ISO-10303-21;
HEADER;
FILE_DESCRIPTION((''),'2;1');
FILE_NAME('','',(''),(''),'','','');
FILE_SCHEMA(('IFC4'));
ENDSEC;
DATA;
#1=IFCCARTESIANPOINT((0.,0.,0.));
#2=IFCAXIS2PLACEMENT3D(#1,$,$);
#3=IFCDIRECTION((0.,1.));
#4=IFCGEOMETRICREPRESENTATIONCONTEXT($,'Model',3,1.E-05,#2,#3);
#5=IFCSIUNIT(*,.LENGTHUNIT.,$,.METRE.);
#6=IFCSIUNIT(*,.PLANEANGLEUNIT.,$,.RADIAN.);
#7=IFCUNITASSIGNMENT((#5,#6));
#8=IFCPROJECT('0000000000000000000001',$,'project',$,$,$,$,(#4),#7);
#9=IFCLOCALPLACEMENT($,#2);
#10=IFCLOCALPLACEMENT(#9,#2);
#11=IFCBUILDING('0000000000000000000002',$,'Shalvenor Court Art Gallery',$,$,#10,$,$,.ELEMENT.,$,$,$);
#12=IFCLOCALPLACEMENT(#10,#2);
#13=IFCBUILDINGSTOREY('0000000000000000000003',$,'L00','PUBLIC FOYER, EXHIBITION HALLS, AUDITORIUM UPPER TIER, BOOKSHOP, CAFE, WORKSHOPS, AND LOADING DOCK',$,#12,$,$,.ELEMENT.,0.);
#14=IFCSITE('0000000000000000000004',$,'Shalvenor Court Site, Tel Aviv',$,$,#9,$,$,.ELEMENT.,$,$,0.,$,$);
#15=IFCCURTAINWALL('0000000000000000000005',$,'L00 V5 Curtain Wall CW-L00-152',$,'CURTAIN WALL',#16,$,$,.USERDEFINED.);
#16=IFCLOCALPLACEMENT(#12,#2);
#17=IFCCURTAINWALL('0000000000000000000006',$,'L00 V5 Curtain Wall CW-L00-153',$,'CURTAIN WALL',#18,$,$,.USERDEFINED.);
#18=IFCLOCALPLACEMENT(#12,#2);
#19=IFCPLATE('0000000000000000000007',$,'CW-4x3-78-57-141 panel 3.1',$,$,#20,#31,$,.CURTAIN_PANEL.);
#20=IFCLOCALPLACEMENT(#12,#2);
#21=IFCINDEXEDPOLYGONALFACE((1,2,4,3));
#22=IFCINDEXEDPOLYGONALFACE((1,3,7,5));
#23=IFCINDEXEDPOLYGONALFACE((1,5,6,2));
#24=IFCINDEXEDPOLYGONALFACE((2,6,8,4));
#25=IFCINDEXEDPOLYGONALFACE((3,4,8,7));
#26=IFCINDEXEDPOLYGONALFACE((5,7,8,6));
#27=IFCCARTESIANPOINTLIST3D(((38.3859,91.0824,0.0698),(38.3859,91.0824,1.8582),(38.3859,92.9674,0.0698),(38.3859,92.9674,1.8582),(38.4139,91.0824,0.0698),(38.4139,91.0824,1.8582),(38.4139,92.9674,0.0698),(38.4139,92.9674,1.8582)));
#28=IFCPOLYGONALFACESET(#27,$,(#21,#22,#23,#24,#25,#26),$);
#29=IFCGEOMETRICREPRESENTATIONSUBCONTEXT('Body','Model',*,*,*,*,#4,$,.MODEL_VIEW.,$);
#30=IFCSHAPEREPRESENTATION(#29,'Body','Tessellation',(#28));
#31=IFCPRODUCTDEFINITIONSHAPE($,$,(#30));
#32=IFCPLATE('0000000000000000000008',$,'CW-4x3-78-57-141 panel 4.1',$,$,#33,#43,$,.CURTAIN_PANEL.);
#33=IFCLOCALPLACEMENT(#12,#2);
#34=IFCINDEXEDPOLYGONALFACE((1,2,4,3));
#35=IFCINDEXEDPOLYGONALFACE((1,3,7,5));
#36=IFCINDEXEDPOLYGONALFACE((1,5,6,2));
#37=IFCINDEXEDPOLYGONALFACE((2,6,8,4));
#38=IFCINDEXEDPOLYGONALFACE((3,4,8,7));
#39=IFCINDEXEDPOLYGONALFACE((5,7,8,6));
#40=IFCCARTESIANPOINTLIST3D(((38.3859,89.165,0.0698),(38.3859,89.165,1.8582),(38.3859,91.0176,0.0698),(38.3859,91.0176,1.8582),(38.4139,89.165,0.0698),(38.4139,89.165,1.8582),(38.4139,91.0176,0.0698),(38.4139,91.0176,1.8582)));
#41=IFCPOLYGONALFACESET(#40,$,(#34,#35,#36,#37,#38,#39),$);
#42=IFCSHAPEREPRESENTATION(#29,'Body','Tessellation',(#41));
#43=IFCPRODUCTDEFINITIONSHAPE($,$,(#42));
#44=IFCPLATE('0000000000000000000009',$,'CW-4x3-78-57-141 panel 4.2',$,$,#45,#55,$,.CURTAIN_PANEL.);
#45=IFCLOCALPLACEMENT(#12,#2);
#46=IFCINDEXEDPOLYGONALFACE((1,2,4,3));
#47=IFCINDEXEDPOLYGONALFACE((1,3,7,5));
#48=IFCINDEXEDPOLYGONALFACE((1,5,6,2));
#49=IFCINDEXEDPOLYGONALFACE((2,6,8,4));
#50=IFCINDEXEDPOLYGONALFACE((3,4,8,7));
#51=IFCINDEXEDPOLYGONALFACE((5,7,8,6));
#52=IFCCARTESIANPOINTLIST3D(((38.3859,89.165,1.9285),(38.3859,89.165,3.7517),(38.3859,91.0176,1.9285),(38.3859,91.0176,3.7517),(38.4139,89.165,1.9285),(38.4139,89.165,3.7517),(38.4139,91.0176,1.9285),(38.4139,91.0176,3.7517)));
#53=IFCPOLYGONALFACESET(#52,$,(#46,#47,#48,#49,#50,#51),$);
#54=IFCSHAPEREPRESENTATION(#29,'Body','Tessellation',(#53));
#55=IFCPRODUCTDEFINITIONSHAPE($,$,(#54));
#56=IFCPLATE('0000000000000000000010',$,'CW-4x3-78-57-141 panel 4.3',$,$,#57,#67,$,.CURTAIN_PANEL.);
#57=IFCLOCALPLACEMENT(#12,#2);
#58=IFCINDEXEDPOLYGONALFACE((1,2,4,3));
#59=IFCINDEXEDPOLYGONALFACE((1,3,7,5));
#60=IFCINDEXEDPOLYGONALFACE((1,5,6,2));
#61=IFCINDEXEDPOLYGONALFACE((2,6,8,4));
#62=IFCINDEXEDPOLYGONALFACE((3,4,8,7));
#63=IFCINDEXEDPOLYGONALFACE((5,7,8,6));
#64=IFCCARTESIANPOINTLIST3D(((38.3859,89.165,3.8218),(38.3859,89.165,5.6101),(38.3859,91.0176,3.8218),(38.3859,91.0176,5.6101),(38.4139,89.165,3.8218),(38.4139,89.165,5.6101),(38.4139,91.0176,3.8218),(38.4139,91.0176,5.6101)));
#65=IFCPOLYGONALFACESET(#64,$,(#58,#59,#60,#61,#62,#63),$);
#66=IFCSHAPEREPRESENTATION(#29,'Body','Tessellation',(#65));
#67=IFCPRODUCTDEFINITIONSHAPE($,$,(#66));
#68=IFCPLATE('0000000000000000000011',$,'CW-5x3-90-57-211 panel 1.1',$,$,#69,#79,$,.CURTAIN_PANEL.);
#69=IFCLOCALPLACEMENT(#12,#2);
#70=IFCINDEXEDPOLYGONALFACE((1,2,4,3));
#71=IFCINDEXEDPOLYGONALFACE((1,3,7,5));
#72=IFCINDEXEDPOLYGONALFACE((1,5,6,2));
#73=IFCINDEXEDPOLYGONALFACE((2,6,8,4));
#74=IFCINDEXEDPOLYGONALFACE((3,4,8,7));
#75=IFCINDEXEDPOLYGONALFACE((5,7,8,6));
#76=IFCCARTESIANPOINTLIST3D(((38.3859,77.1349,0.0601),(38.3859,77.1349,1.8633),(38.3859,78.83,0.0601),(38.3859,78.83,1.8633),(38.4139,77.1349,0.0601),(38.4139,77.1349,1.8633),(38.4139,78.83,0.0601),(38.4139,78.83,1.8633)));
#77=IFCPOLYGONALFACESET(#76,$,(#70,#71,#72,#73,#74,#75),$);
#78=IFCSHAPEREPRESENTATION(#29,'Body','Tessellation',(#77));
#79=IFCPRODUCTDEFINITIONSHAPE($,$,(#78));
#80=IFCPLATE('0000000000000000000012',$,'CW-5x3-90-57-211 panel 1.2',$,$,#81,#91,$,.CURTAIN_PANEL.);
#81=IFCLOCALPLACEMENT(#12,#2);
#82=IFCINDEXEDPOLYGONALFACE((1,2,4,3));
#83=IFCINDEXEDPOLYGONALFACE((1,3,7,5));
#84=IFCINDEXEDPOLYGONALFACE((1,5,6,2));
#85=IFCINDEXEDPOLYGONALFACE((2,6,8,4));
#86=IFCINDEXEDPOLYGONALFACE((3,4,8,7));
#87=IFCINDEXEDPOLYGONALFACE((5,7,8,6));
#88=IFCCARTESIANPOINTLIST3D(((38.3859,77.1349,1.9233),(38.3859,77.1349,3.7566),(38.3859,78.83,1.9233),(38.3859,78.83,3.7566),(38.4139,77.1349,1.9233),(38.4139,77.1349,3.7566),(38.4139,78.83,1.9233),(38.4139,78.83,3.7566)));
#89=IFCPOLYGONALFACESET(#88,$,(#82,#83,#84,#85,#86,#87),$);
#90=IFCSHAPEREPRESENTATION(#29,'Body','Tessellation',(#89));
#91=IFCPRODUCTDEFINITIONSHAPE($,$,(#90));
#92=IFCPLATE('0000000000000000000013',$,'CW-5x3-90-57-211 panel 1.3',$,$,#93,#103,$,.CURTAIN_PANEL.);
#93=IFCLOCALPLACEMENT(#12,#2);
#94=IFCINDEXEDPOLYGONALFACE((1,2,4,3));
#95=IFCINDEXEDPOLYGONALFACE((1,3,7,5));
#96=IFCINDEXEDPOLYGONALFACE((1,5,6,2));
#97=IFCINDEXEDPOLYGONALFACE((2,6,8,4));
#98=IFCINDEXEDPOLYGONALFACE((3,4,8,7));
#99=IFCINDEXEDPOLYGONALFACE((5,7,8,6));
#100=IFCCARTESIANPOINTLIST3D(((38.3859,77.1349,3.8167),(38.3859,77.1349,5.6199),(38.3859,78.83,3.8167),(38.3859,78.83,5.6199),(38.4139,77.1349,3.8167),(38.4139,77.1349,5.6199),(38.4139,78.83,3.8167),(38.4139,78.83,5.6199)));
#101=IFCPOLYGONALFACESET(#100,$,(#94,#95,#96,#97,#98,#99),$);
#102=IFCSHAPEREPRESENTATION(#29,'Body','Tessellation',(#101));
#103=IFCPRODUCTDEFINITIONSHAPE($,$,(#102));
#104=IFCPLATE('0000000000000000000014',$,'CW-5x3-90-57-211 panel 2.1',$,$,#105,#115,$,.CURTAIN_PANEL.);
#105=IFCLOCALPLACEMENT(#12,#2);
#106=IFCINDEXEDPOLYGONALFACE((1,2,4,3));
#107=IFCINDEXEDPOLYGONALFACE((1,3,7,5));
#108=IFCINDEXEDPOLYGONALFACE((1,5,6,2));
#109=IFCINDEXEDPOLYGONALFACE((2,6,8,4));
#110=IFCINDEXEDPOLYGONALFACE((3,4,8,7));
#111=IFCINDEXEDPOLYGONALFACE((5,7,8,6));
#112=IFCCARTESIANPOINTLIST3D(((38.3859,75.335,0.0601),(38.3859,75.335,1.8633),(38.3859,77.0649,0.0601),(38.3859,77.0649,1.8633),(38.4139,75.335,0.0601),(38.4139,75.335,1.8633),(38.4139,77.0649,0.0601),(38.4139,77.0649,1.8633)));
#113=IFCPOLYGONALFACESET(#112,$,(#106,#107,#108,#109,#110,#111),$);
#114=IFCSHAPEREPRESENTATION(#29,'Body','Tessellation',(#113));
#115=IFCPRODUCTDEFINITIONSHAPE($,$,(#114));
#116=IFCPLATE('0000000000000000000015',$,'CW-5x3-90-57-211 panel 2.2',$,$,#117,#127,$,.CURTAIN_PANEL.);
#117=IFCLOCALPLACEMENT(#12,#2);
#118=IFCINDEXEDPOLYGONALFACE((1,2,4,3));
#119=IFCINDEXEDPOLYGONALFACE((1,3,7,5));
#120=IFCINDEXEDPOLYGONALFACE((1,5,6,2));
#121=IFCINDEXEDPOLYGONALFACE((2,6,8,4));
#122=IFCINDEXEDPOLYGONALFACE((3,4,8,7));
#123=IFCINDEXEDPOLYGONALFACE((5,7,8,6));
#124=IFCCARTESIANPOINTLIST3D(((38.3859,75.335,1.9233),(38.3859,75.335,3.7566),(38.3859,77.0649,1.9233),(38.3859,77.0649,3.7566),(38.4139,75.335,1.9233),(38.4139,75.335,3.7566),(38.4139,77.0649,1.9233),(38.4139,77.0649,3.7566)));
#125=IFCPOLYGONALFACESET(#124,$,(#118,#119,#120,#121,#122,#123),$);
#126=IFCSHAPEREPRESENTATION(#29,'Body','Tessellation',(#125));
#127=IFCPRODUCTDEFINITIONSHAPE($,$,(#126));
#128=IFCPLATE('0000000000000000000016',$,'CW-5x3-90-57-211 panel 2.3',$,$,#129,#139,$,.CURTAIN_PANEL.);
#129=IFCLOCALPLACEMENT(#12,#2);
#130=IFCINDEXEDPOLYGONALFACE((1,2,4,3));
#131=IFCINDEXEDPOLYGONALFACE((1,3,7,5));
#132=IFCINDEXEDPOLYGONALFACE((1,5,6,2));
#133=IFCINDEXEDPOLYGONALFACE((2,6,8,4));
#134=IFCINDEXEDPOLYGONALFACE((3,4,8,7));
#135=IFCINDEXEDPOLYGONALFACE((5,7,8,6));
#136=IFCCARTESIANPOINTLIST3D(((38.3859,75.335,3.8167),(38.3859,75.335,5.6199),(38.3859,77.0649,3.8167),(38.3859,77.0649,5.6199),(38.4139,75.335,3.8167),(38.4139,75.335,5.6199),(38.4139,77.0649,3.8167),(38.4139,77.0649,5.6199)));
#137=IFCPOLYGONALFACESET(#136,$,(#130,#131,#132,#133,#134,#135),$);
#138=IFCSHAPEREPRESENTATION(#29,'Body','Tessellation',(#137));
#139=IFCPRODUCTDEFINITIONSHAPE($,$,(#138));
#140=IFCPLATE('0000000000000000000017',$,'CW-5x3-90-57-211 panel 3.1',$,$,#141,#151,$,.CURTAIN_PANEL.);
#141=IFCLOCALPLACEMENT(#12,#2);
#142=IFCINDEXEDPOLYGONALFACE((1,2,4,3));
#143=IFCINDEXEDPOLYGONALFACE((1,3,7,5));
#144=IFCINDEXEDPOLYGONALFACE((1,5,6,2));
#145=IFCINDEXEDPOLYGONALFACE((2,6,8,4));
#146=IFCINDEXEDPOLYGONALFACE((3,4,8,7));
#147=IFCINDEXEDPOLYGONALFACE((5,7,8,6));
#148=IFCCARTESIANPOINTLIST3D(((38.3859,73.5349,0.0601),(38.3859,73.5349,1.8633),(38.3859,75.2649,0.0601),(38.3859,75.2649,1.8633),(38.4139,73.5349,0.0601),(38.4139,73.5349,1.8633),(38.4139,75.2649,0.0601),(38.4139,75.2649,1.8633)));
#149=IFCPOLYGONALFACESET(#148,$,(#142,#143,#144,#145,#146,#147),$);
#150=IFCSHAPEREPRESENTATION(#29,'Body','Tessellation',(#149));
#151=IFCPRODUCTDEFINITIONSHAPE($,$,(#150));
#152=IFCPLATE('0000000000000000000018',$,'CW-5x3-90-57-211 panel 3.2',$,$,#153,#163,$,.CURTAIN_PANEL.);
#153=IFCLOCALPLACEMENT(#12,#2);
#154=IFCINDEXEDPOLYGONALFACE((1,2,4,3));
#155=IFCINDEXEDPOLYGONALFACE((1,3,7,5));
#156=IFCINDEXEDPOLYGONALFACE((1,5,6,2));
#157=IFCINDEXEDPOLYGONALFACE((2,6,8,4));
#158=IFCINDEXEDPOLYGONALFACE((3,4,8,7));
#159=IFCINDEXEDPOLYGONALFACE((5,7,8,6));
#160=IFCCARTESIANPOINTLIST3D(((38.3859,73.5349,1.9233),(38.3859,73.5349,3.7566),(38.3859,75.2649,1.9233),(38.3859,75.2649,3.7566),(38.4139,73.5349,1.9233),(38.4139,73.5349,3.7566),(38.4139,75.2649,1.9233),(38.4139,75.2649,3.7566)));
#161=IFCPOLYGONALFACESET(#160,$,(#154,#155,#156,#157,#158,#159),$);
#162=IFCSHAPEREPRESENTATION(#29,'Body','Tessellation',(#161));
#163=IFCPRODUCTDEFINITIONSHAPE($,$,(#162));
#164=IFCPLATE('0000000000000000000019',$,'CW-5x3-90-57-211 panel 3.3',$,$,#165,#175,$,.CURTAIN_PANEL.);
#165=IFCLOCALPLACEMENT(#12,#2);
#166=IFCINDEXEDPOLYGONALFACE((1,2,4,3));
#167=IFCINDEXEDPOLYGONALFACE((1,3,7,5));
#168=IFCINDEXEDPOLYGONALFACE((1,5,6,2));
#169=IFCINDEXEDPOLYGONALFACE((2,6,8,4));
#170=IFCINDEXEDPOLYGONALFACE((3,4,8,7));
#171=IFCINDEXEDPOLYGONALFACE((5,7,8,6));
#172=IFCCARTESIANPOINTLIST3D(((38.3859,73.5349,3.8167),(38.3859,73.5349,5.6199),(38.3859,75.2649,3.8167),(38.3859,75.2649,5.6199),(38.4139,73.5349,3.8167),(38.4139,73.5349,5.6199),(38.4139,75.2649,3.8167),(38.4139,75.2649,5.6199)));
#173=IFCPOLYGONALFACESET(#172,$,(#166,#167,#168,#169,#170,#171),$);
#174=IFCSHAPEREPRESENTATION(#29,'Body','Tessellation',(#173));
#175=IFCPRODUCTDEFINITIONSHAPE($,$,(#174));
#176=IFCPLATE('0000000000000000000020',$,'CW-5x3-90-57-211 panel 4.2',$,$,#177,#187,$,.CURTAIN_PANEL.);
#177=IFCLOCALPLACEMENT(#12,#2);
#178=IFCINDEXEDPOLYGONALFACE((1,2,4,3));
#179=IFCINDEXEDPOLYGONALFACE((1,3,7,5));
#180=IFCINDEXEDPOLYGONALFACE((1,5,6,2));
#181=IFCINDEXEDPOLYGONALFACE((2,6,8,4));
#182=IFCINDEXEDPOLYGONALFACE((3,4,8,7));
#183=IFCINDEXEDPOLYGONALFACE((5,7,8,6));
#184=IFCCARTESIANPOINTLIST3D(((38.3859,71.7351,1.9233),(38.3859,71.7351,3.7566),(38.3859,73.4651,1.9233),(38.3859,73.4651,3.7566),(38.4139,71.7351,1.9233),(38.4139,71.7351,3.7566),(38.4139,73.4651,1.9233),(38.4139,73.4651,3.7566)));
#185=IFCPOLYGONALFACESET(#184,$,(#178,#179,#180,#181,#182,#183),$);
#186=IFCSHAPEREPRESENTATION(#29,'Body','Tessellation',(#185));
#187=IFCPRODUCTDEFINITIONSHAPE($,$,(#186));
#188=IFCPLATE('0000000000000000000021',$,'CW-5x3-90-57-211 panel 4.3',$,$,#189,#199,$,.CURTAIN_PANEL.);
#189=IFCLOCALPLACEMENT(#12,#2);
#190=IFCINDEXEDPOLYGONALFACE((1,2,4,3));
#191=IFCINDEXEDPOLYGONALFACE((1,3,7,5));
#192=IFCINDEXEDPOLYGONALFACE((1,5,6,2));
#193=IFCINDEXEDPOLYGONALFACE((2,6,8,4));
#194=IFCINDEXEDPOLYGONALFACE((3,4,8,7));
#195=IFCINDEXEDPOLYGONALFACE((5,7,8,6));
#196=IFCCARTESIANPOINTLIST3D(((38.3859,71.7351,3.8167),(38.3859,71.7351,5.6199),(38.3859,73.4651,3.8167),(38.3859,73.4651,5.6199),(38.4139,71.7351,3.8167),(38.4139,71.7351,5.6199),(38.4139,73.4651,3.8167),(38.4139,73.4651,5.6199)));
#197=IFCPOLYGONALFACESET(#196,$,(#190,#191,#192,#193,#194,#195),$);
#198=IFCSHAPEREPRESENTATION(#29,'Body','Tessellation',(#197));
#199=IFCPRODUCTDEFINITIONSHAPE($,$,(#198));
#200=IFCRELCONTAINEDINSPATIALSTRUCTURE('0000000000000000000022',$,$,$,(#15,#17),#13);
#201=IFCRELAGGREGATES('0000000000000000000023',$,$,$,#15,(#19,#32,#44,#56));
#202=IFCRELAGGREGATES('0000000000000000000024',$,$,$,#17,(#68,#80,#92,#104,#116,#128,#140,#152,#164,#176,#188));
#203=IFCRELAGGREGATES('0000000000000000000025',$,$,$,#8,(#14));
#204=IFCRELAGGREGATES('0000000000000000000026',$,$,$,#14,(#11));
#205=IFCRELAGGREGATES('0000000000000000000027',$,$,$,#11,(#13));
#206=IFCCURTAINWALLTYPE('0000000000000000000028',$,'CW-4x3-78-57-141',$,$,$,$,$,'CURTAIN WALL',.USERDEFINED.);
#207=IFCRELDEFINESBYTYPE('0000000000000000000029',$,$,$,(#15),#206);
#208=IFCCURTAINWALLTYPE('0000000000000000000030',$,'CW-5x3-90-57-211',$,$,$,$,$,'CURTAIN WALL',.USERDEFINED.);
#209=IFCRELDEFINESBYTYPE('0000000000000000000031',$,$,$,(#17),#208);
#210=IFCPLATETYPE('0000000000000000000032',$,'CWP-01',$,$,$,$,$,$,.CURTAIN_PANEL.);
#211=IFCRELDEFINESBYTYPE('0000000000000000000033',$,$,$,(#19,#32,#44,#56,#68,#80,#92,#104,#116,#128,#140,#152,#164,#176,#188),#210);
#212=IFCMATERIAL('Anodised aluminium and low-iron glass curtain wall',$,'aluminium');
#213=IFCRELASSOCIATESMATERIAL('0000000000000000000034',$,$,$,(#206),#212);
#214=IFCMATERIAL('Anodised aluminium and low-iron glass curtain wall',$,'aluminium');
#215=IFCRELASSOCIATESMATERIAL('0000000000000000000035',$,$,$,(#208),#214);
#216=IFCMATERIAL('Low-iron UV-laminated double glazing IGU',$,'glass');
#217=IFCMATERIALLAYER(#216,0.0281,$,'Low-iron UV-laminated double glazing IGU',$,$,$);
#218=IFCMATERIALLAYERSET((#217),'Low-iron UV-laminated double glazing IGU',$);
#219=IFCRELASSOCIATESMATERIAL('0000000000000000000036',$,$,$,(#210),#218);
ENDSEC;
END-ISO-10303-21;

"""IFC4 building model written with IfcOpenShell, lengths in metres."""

from ifc_helpers import new_model, si_unit, direction, frame, origin, origin_2d, place, context, subcontext, project, spatial, rectangle, extrude, material, layer, layer_set, type_object, element, aggregate, save


model = new_model("IFC4")

# Units and contexts
model_context = context("Model", 3, precision=1e-05, world=origin(), true_north=direction((0.0, 1.0)))
body_context = subcontext(model_context, "Body", "Model", "MODEL_VIEW")
ifc_project = project(units=[si_unit("LENGTHUNIT", "METRE"), si_unit("PLANEANGLEUNIT", "RADIAN")], contexts=[model_context])

# Site, building, storey
site_placement = place(None, origin())
site = spatial("IfcSite", under=ifc_project, at=site_placement, Name="Shalvenor Court Site, Tel Aviv", CompositionType="ELEMENT", RefElevation=0.0)
building_placement = place(site_placement, origin())
building = spatial("IfcBuilding", under=site, at=building_placement, Name="Shalvenor Court Art Gallery", CompositionType="ELEMENT")
storey_placement = place(building_placement, origin())
storey = spatial("IfcBuildingStorey", under=building, at=storey_placement, Name="L00", Description="PUBLIC FOYER, EXHIBITION HALLS, AUDITORIUM UPPER TIER, BOOKSHOP, CAFE, WORKSHOPS, AND LOADING DOCK", CompositionType="ELEMENT", Elevation=0.0)

# Curtain walls
ifc_material_1 = material(Name="Anodised aluminium and low-iron glass curtain wall", Category="aluminium")
curtain_wall_type_1 = type_object("IfcCurtainWallType", Name="CW-4x3-78-57-141", ElementType="CURTAIN WALL", PredefinedType="USERDEFINED", material=ifc_material_1)
curtain_wall_1_placement = place(storey_placement, origin())
curtain_wall_1 = element("IfcCurtainWall", 1, at=curtain_wall_1_placement, inside=storey, type_object=curtain_wall_type_1, Name="L00 V5 Curtain Wall CW-L00-152", ObjectType="CURTAIN WALL", PredefinedType="USERDEFINED")
ifc_material_2 = material(Name="Anodised aluminium and low-iron glass curtain wall", Category="aluminium")
curtain_wall_type_2 = type_object("IfcCurtainWallType", Name="CW-5x3-90-57-211", ElementType="CURTAIN WALL", PredefinedType="USERDEFINED", material=ifc_material_2)
curtain_wall_2_placement = place(storey_placement, origin())
curtain_wall_2 = element("IfcCurtainWall", 2, at=curtain_wall_2_placement, inside=storey, type_object=curtain_wall_type_2, Name="L00 V5 Curtain Wall CW-L00-153", ObjectType="CURTAIN WALL", PredefinedType="USERDEFINED")

# Plates
ifc_material_3 = material(Name="Low-iron UV-laminated double glazing IGU", Category="glass")
ifc_layer_1 = layer(ifc_material_3, 0.0281, Name="Low-iron UV-laminated double glazing IGU")
ifc_layer_set_1 = layer_set([ifc_layer_1], Name="Low-iron UV-laminated double glazing IGU")
plate_type_1 = type_object("IfcPlateType", Name="CWP-01", PredefinedType="CURTAIN_PANEL", material=ifc_layer_set_1)
plate_1_placement = place(storey_placement, frame((38.3999, 92.0249, 0.0698), z_axis=(0.0, 0.0, 1.0), x_axis=(0.0, -1.0, 0.0)))
plate_1 = element("IfcPlate", 3, at=plate_1_placement, type_object=plate_type_1, Name="CW-4x3-78-57-141 panel 3.1", PredefinedType="CURTAIN_PANEL", context=body_context, shape_type="SweptSolid", body=[
    extrude(rectangle(XDim=1.885, YDim=0.0281, at=origin_2d()), origin(), (0.0, 0.0, 1.0), 1.7883),
])
plate_2_placement = place(storey_placement, frame((38.3999, 90.0913, 0.0698), z_axis=(0.0, 0.0, 1.0), x_axis=(0.0, -1.0, 0.0)))
plate_2 = element("IfcPlate", 4, at=plate_2_placement, type_object=plate_type_1, Name="CW-4x3-78-57-141 panel 4.1", PredefinedType="CURTAIN_PANEL", context=body_context, shape_type="SweptSolid", body=[
    extrude(rectangle(XDim=1.8525, YDim=0.0281, at=origin_2d()), origin(), (0.0, 0.0, 1.0), 1.7883),
])
plate_3_placement = place(storey_placement, frame((38.3999, 90.0913, 1.9285), z_axis=(0.0, 0.0, 1.0), x_axis=(0.0, -1.0, 0.0)))
plate_3 = element("IfcPlate", 5, at=plate_3_placement, type_object=plate_type_1, Name="CW-4x3-78-57-141 panel 4.2", PredefinedType="CURTAIN_PANEL", context=body_context, shape_type="SweptSolid", body=[
    extrude(rectangle(XDim=1.8525, YDim=0.0281, at=origin_2d()), origin(), (0.0, 0.0, 1.0), 1.8232),
])
plate_4_placement = place(storey_placement, frame((38.3999, 90.0913, 3.8218), z_axis=(0.0, 0.0, 1.0), x_axis=(0.0, -1.0, 0.0)))
plate_4 = element("IfcPlate", 6, at=plate_4_placement, type_object=plate_type_1, Name="CW-4x3-78-57-141 panel 4.3", PredefinedType="CURTAIN_PANEL", context=body_context, shape_type="SweptSolid", body=[
    extrude(rectangle(XDim=1.8525, YDim=0.0281, at=origin_2d()), origin(), (0.0, 0.0, 1.0), 1.7883),
])
aggregate(curtain_wall_1, [plate_1, plate_2, plate_3, plate_4])
plate_5_placement = place(storey_placement, frame((38.3999, 77.9824, 0.0601), z_axis=(0.0, 0.0, 1.0), x_axis=(0.0, -1.0, 0.0)))
plate_5 = element("IfcPlate", 7, at=plate_5_placement, type_object=plate_type_1, Name="CW-5x3-90-57-211 panel 1.1", PredefinedType="CURTAIN_PANEL", context=body_context, shape_type="SweptSolid", body=[
    extrude(rectangle(XDim=1.6951, YDim=0.0281, at=origin_2d()), origin(), (0.0, 0.0, 1.0), 1.8032),
])
plate_6_placement = place(storey_placement, frame((38.3999, 77.9824, 1.9233), z_axis=(0.0, 0.0, 1.0), x_axis=(0.0, -1.0, 0.0)))
plate_6 = element("IfcPlate", 8, at=plate_6_placement, type_object=plate_type_1, Name="CW-5x3-90-57-211 panel 1.2", PredefinedType="CURTAIN_PANEL", context=body_context, shape_type="SweptSolid", body=[
    extrude(rectangle(XDim=1.6951, YDim=0.0281, at=origin_2d()), origin(), (0.0, 0.0, 1.0), 1.8333),
])
plate_7_placement = place(storey_placement, frame((38.3999, 77.9824, 3.8167), z_axis=(0.0, 0.0, 1.0), x_axis=(0.0, -1.0, 0.0)))
plate_7 = element("IfcPlate", 9, at=plate_7_placement, type_object=plate_type_1, Name="CW-5x3-90-57-211 panel 1.3", PredefinedType="CURTAIN_PANEL", context=body_context, shape_type="SweptSolid", body=[
    extrude(rectangle(XDim=1.6951, YDim=0.0281, at=origin_2d()), origin(), (0.0, 0.0, 1.0), 1.8032),
])
plate_8_placement = place(storey_placement, frame((38.3999, 76.2, 0.0601), z_axis=(0.0, 0.0, 1.0), x_axis=(0.0, -1.0, 0.0)))
plate_8 = element("IfcPlate", 10, at=plate_8_placement, type_object=plate_type_1, Name="CW-5x3-90-57-211 panel 2.1", PredefinedType="CURTAIN_PANEL", context=body_context, shape_type="SweptSolid", body=[
    extrude(rectangle(XDim=1.73, YDim=0.0281, at=origin_2d()), origin(), (0.0, 0.0, 1.0), 1.8032),
])
plate_9_placement = place(storey_placement, frame((38.3999, 76.2, 1.9233), z_axis=(0.0, 0.0, 1.0), x_axis=(0.0, -1.0, 0.0)))
plate_9 = element("IfcPlate", 11, at=plate_9_placement, type_object=plate_type_1, Name="CW-5x3-90-57-211 panel 2.2", PredefinedType="CURTAIN_PANEL", context=body_context, shape_type="SweptSolid", body=[
    extrude(rectangle(XDim=1.73, YDim=0.0281, at=origin_2d()), origin(), (0.0, 0.0, 1.0), 1.8333),
])
plate_10_placement = place(storey_placement, frame((38.3999, 76.2, 3.8167), z_axis=(0.0, 0.0, 1.0), x_axis=(0.0, -1.0, 0.0)))
plate_10 = element("IfcPlate", 12, at=plate_10_placement, type_object=plate_type_1, Name="CW-5x3-90-57-211 panel 2.3", PredefinedType="CURTAIN_PANEL", context=body_context, shape_type="SweptSolid", body=[
    extrude(rectangle(XDim=1.73, YDim=0.0281, at=origin_2d()), origin(), (0.0, 0.0, 1.0), 1.8032),
])
plate_11_placement = place(storey_placement, frame((38.3999, 74.3999, 0.0601), z_axis=(0.0, 0.0, 1.0), x_axis=(0.0, -1.0, 0.0)))
plate_11 = element("IfcPlate", 13, at=plate_11_placement, type_object=plate_type_1, Name="CW-5x3-90-57-211 panel 3.1", PredefinedType="CURTAIN_PANEL", context=body_context, shape_type="SweptSolid", body=[
    extrude(rectangle(XDim=1.73, YDim=0.0281, at=origin_2d()), origin(), (0.0, 0.0, 1.0), 1.8032),
])
plate_12_placement = place(storey_placement, frame((38.3999, 74.3999, 1.9233), z_axis=(0.0, 0.0, 1.0), x_axis=(0.0, -1.0, 0.0)))
plate_12 = element("IfcPlate", 14, at=plate_12_placement, type_object=plate_type_1, Name="CW-5x3-90-57-211 panel 3.2", PredefinedType="CURTAIN_PANEL", context=body_context, shape_type="SweptSolid", body=[
    extrude(rectangle(XDim=1.73, YDim=0.0281, at=origin_2d()), origin(), (0.0, 0.0, 1.0), 1.8333),
])
plate_13_placement = place(storey_placement, frame((38.3999, 74.3999, 3.8167), z_axis=(0.0, 0.0, 1.0), x_axis=(0.0, -1.0, 0.0)))
plate_13 = element("IfcPlate", 15, at=plate_13_placement, type_object=plate_type_1, Name="CW-5x3-90-57-211 panel 3.3", PredefinedType="CURTAIN_PANEL", context=body_context, shape_type="SweptSolid", body=[
    extrude(rectangle(XDim=1.73, YDim=0.0281, at=origin_2d()), origin(), (0.0, 0.0, 1.0), 1.8032),
])
plate_14_placement = place(storey_placement, frame((38.3999, 72.6001, 1.9233), z_axis=(0.0, 0.0, 1.0), x_axis=(0.0, -1.0, 0.0)))
plate_14 = element("IfcPlate", 16, at=plate_14_placement, type_object=plate_type_1, Name="CW-5x3-90-57-211 panel 4.2", PredefinedType="CURTAIN_PANEL", context=body_context, shape_type="SweptSolid", body=[
    extrude(rectangle(XDim=1.73, YDim=0.0281, at=origin_2d()), origin(), (0.0, 0.0, 1.0), 1.8333),
])
plate_15_placement = place(storey_placement, frame((38.3999, 72.6001, 3.8167), z_axis=(0.0, 0.0, 1.0), x_axis=(0.0, -1.0, 0.0)))
plate_15 = element("IfcPlate", 17, at=plate_15_placement, type_object=plate_type_1, Name="CW-5x3-90-57-211 panel 4.3", PredefinedType="CURTAIN_PANEL", context=body_context, shape_type="SweptSolid", body=[
    extrude(rectangle(XDim=1.73, YDim=0.0281, at=origin_2d()), origin(), (0.0, 0.0, 1.0), 1.8032),
])
aggregate(curtain_wall_2, [plate_5, plate_6, plate_7, plate_8, plate_9, plate_10, plate_11, plate_12, plate_13, plate_14, plate_15])

save(model, "model.ifc")
